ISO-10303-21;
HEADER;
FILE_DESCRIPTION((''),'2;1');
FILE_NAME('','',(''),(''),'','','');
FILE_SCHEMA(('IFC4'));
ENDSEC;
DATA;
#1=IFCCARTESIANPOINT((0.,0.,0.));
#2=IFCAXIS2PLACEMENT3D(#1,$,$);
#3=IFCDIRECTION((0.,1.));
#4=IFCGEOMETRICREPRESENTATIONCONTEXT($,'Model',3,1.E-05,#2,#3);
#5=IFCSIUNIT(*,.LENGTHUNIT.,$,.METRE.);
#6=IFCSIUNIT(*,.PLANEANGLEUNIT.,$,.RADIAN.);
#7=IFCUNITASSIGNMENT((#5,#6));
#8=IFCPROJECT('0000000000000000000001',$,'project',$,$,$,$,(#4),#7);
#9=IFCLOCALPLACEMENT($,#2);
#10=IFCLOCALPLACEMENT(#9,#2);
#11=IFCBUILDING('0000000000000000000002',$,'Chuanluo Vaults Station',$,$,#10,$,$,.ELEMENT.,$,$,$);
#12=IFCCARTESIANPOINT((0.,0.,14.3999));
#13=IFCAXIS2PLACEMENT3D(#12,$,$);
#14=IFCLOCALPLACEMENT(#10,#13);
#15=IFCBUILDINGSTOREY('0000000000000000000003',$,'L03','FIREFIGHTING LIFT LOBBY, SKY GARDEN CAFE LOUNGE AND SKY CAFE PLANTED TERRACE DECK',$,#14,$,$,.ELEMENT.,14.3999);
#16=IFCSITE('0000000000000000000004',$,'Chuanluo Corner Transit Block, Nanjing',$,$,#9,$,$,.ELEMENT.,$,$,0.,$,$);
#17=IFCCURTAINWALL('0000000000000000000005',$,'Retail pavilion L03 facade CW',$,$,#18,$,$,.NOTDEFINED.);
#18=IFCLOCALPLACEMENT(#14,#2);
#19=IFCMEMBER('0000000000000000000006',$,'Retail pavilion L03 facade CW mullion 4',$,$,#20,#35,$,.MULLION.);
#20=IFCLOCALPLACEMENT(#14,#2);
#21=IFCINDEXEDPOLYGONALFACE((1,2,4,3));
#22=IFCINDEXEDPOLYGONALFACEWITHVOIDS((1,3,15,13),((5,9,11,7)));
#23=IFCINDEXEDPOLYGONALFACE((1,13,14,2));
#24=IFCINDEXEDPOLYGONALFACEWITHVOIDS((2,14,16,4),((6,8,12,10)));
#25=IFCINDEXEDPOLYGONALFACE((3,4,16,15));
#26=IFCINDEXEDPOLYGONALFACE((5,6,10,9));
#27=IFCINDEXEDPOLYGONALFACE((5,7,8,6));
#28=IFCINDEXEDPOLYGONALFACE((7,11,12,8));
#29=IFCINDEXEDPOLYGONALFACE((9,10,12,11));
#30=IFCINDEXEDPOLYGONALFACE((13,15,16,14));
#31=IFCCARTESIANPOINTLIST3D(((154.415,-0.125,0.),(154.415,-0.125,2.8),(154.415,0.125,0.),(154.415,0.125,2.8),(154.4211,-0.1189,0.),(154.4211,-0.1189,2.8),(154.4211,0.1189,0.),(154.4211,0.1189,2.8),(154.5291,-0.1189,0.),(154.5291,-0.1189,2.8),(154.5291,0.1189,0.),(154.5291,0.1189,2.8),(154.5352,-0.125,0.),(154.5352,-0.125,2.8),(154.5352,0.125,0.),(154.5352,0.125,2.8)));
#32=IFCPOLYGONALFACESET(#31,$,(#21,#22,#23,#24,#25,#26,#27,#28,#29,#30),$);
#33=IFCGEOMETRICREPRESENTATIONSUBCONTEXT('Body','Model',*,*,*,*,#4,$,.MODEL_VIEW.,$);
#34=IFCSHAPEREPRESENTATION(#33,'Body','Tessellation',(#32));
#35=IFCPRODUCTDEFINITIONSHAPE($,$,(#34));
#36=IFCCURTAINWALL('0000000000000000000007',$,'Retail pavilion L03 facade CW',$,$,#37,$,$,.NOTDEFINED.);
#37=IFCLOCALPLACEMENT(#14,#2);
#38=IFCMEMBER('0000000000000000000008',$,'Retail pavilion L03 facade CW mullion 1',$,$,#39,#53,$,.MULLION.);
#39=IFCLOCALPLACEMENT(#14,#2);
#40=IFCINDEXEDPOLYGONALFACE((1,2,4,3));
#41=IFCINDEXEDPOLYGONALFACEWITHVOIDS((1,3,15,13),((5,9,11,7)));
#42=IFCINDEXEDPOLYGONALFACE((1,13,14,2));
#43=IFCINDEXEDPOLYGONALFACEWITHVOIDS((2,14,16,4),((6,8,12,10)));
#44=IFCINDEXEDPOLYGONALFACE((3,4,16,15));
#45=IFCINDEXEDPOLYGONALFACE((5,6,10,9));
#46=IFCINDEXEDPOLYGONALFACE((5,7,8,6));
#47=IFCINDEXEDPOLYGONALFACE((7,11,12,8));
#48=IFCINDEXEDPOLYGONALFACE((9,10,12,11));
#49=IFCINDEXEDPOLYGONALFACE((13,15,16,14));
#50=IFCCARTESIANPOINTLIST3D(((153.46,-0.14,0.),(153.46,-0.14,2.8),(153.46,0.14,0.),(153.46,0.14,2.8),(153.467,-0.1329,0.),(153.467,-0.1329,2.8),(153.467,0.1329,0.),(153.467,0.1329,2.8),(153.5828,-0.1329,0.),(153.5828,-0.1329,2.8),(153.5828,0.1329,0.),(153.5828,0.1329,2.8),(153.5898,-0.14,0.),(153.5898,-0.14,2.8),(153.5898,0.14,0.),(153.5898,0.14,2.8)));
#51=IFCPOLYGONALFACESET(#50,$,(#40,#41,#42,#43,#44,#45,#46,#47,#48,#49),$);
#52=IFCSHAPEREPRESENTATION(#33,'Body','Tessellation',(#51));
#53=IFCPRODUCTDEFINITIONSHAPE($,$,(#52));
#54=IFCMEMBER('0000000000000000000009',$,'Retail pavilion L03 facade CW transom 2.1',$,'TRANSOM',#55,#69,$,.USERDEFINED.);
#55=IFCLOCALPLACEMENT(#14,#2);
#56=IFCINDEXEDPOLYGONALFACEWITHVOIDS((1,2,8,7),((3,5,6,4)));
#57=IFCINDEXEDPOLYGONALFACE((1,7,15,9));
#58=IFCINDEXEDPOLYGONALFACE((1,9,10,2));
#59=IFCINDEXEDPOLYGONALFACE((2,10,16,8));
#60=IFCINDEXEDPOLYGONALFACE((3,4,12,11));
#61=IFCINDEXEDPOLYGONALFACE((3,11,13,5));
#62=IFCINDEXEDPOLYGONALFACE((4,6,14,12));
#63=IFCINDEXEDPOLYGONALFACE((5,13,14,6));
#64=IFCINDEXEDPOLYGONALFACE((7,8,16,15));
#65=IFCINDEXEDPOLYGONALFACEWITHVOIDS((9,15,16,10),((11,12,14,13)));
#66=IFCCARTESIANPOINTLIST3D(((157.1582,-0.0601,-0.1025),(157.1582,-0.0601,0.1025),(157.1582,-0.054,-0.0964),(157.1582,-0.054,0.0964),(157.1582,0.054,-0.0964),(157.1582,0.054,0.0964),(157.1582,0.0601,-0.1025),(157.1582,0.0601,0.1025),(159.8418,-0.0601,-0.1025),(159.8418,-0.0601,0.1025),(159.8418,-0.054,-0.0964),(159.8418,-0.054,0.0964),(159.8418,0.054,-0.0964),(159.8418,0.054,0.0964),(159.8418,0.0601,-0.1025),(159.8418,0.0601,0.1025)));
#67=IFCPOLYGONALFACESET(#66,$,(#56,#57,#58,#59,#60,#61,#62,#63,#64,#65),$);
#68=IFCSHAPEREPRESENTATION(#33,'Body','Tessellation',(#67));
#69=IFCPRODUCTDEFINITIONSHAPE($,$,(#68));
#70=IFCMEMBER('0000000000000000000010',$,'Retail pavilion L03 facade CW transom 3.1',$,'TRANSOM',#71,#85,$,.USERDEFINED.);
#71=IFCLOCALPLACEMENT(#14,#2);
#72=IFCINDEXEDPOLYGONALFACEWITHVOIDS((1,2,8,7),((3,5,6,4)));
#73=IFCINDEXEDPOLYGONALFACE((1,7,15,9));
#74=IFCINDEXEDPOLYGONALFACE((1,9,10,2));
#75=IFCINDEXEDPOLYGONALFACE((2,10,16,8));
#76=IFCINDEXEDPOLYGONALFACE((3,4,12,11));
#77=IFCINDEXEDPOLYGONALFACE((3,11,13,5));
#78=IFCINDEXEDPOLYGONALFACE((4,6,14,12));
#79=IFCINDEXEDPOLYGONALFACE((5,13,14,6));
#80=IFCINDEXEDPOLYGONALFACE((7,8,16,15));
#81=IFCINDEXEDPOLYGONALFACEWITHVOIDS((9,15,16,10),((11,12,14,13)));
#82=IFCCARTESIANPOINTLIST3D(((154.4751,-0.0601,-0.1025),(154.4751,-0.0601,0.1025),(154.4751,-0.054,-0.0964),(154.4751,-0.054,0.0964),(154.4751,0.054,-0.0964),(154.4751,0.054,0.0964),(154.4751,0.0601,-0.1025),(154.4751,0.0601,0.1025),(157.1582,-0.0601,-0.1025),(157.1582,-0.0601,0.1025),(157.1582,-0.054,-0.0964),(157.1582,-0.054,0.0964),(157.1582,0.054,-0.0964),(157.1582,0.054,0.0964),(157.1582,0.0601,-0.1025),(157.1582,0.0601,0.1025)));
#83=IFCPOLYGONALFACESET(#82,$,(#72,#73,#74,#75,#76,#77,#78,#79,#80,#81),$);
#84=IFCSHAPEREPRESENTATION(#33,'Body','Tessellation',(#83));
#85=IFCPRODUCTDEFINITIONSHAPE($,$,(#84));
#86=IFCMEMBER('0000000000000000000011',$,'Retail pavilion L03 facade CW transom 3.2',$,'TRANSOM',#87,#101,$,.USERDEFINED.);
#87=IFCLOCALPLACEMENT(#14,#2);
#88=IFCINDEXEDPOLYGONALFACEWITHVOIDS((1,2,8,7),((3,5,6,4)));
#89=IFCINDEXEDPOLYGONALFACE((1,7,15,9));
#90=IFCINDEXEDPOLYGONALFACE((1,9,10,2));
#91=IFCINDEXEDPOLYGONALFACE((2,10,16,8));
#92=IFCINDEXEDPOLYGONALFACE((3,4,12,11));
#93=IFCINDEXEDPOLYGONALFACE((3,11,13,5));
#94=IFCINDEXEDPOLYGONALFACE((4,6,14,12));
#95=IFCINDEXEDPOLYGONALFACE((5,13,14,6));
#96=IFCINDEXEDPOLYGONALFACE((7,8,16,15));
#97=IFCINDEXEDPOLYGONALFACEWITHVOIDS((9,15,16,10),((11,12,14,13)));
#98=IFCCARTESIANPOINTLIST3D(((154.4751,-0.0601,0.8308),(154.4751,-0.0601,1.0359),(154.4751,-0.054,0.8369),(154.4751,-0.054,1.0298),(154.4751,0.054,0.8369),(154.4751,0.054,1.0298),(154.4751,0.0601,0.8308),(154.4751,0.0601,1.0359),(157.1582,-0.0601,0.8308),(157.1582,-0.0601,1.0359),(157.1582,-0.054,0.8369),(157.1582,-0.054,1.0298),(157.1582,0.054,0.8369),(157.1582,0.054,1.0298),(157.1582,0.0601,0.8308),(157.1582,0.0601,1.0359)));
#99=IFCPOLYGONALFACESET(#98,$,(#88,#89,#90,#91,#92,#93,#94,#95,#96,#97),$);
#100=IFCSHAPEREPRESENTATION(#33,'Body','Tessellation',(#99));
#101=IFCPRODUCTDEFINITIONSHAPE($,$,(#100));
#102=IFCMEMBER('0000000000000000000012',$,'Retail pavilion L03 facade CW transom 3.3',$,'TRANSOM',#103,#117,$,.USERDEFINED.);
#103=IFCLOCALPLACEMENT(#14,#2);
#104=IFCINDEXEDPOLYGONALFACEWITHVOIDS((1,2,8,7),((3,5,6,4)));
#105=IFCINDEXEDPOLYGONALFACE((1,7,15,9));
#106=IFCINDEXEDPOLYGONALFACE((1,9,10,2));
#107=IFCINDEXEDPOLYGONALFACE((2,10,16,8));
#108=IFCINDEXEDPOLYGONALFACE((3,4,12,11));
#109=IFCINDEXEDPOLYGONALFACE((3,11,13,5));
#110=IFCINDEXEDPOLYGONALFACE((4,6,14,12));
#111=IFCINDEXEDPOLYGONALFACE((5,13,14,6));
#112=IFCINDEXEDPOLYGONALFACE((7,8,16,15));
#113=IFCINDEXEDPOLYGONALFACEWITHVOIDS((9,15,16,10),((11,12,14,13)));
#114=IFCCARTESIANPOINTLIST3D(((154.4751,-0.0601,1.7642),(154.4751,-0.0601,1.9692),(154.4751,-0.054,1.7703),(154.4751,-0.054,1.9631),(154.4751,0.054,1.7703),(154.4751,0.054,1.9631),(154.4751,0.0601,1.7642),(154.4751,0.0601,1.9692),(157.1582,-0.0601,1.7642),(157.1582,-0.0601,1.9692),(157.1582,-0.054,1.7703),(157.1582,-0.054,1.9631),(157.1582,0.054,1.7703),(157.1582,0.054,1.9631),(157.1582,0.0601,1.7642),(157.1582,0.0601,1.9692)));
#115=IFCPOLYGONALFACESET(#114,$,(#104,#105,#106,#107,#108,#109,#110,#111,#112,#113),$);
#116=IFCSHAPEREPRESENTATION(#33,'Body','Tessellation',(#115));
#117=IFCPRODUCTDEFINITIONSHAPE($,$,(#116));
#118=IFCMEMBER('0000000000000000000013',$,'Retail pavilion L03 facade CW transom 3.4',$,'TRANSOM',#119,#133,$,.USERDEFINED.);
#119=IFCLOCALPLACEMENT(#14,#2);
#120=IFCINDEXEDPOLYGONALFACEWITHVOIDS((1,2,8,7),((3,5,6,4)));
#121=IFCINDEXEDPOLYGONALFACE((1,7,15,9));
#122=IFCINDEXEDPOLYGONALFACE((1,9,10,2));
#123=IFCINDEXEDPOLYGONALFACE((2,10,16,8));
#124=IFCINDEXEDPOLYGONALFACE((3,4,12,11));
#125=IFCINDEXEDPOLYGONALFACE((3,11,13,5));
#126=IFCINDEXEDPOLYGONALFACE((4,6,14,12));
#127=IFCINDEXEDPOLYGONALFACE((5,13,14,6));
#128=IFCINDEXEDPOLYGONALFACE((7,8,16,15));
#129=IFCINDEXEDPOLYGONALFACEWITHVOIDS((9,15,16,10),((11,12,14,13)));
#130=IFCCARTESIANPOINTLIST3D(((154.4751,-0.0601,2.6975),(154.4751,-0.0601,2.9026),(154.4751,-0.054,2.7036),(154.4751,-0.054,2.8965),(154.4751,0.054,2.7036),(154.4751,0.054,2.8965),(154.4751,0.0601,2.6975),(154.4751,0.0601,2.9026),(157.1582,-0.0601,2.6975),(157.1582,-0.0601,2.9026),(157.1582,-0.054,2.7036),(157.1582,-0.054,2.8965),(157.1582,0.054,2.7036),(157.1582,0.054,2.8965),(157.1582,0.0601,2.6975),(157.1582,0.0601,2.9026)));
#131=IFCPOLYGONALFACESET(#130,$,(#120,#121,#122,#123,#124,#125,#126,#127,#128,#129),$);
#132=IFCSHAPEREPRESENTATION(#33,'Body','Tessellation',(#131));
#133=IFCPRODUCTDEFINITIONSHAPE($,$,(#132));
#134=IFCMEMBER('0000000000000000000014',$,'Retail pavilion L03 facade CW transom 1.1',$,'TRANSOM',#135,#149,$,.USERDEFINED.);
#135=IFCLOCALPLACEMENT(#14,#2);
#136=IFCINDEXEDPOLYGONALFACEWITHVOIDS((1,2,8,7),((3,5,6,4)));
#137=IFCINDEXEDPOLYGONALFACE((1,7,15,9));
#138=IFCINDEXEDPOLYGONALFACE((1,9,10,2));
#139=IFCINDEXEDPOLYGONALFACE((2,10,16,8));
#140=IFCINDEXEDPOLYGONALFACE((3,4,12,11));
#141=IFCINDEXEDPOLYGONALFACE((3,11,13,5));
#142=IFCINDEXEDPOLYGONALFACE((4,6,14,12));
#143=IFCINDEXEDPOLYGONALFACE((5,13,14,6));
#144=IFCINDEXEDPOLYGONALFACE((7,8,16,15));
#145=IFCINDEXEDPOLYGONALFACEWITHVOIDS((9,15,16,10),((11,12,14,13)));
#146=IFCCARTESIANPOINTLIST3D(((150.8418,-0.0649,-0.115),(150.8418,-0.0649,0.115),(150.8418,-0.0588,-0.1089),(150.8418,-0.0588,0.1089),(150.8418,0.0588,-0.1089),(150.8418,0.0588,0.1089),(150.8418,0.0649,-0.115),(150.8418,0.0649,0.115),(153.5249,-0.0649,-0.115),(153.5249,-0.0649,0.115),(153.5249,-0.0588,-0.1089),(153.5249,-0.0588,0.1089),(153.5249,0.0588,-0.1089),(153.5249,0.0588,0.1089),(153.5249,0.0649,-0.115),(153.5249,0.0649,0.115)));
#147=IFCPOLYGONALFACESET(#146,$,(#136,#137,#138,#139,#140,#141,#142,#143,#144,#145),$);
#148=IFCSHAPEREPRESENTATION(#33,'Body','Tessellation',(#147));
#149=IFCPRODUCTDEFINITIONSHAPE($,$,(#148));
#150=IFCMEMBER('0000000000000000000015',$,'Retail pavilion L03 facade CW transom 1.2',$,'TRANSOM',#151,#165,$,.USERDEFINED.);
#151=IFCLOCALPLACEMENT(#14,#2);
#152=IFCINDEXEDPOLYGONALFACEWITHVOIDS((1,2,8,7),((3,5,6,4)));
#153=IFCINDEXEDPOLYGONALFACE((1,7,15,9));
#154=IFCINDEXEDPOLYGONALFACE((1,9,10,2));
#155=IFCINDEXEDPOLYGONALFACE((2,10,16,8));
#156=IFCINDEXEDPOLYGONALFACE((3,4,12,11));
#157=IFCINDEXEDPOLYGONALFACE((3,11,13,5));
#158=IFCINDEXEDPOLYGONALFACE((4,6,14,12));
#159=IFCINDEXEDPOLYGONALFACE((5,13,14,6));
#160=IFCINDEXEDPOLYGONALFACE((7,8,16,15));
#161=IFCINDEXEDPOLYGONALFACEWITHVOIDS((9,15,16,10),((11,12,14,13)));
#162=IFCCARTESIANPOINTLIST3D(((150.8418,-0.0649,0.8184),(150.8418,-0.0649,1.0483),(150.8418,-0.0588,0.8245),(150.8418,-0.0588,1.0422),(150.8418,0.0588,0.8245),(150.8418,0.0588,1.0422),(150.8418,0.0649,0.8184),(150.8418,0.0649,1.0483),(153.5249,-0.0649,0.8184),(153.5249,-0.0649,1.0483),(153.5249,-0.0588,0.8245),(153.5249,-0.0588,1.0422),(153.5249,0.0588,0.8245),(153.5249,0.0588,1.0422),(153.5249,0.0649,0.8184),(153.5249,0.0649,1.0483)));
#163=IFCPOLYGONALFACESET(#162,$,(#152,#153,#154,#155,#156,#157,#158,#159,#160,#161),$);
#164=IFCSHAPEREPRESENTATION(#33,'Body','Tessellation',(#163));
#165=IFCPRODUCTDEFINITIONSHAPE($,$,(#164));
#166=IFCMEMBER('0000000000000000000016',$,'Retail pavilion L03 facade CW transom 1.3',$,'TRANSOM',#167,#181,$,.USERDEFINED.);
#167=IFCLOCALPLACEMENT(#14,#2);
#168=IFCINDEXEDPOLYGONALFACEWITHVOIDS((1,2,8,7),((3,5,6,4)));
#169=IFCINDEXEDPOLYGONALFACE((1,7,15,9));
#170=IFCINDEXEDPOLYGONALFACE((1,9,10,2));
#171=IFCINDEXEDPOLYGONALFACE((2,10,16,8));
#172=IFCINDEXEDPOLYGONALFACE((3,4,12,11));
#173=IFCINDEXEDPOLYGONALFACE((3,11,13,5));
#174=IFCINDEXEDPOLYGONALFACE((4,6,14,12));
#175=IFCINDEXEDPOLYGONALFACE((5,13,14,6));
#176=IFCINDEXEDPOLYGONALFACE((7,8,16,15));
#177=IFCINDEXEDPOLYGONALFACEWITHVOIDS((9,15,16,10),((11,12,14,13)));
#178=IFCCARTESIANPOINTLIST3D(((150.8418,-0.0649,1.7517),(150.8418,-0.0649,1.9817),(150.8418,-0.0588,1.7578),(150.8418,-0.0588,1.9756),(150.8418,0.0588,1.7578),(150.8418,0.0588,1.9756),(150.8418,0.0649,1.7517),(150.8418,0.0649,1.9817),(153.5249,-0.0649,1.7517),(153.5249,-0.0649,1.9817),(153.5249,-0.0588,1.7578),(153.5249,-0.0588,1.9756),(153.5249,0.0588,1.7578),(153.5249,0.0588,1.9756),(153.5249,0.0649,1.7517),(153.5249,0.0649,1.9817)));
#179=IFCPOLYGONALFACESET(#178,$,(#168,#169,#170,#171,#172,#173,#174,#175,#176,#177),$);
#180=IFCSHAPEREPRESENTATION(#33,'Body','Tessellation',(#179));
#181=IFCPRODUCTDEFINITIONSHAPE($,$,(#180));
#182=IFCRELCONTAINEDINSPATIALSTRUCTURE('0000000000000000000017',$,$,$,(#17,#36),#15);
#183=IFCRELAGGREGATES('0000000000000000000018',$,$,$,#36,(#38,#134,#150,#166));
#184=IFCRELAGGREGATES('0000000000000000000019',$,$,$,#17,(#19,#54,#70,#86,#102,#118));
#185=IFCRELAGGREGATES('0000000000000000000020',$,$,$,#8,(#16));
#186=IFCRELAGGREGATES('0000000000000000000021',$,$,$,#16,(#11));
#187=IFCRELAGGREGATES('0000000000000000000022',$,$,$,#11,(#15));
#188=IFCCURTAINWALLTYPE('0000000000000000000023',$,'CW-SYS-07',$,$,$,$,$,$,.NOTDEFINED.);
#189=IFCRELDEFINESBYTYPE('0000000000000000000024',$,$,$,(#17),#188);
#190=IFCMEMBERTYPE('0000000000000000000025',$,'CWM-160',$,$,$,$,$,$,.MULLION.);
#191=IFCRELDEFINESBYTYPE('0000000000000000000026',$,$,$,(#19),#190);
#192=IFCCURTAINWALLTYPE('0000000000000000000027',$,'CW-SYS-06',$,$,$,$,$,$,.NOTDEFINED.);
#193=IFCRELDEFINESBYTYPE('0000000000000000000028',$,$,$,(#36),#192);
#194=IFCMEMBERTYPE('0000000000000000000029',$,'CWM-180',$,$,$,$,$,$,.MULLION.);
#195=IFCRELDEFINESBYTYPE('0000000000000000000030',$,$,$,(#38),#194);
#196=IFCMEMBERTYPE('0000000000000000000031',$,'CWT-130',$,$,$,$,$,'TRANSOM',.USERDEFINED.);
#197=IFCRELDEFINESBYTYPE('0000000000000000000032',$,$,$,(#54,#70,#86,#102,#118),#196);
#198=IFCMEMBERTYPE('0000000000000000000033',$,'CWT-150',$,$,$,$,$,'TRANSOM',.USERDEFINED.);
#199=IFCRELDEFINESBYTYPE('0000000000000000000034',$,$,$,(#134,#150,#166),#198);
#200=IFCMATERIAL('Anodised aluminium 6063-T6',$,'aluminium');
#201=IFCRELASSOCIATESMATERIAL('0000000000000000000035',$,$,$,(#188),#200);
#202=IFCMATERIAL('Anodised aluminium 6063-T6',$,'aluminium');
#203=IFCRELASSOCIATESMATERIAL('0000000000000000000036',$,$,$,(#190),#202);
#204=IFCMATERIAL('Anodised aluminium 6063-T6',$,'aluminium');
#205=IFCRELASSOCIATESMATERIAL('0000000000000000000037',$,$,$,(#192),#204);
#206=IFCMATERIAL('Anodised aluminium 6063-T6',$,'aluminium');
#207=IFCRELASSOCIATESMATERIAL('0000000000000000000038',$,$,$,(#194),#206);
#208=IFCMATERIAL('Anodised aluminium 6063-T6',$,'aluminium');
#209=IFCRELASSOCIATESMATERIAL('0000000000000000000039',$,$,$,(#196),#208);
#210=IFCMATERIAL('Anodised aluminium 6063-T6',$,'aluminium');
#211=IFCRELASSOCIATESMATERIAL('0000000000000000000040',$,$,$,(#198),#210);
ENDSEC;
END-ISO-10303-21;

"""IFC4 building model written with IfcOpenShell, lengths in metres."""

from ifc_helpers import new_model, si_unit, direction, frame, origin, origin_2d, place, context, subcontext, project, spatial, hollow_rectangle, extrude, material, material_profile, profile_set, type_object, element, aggregate, save


model = new_model("IFC4")

# Units and contexts
model_context = context("Model", 3, precision=1e-05, world=origin(), true_north=direction((0.0, 1.0)))
body_context = subcontext(model_context, "Body", "Model", "MODEL_VIEW")
ifc_project = project(units=[si_unit("LENGTHUNIT", "METRE"), si_unit("PLANEANGLEUNIT", "RADIAN")], contexts=[model_context])

# Site, building, storey
site_placement = place(None, origin())
site = spatial("IfcSite", under=ifc_project, at=site_placement, Name="Chuanluo Corner Transit Block, Nanjing", CompositionType="ELEMENT", RefElevation=0.0)
building_placement = place(site_placement, origin())
building = spatial("IfcBuilding", under=site, at=building_placement, Name="Chuanluo Vaults Station", CompositionType="ELEMENT")
storey_placement = place(building_placement, frame((0.0, 0.0, 14.3999)))
storey = spatial("IfcBuildingStorey", under=building, at=storey_placement, Name="L03", Description="FIREFIGHTING LIFT LOBBY, SKY GARDEN CAFE LOUNGE AND SKY CAFE PLANTED TERRACE DECK", CompositionType="ELEMENT", Elevation=14.3999)

# Curtain wall, member
ifc_material_1 = material(Name="Anodised aluminium 6063-T6", Category="aluminium")
curtain_wall_type_1 = type_object("IfcCurtainWallType", Name="CW-SYS-07", PredefinedType="NOTDEFINED", material=ifc_material_1)
curtain_wall_1_placement = place(storey_placement, origin())
curtain_wall_1 = element("IfcCurtainWall", 1, at=curtain_wall_1_placement, inside=storey, type_object=curtain_wall_type_1, Name="Retail pavilion L03 facade CW", PredefinedType="NOTDEFINED")
ifc_material_2 = material(Name="Anodised aluminium 6063-T6", Category="aluminium")
ifc_material_profile_1 = material_profile(ifc_material_2, hollow_rectangle(XDim=0.1201, YDim=0.25, WallThickness=0.0061, at=origin_2d()))
ifc_profile_set_1 = profile_set([ifc_material_profile_1], Name="Anodised aluminium 6063-T6")
member_type_1 = type_object("IfcMemberType", Name="CWM-160", PredefinedType="MULLION", material=ifc_profile_set_1)
member_1_placement = place(storey_placement, frame((154.4751, 0.0, 0.0), z_axis=(0.0, 0.0, 1.0), x_axis=(-1.0, 0.0, 0.0)))
member_1 = element("IfcMember", 2, at=member_1_placement, type_object=member_type_1, Name="Retail pavilion L03 facade CW mullion 4", PredefinedType="MULLION", context=body_context, shape_type="SweptSolid", body=[
    extrude(hollow_rectangle(XDim=0.1201, YDim=0.25, WallThickness=0.0061, at=origin_2d()), origin(), (0.0, 0.0, 1.0), 2.8),
])

# Curtain wall, member
ifc_material_3 = material(Name="Anodised aluminium 6063-T6", Category="aluminium")
curtain_wall_type_2 = type_object("IfcCurtainWallType", Name="CW-SYS-06", PredefinedType="NOTDEFINED", material=ifc_material_3)
curtain_wall_2_placement = place(storey_placement, origin())
curtain_wall_2 = element("IfcCurtainWall", 3, at=curtain_wall_2_placement, inside=storey, type_object=curtain_wall_type_2, Name="Retail pavilion L03 facade CW", PredefinedType="NOTDEFINED")
ifc_material_4 = material(Name="Anodised aluminium 6063-T6", Category="aluminium")
ifc_material_profile_2 = material_profile(ifc_material_4, hollow_rectangle(XDim=0.1299, YDim=0.28, WallThickness=0.0071, at=origin_2d()))
ifc_profile_set_2 = profile_set([ifc_material_profile_2], Name="Anodised aluminium 6063-T6")
member_type_2 = type_object("IfcMemberType", Name="CWM-180", PredefinedType="MULLION", material=ifc_profile_set_2)
member_2_placement = place(storey_placement, frame((153.5249, 0.0, 0.0), z_axis=(0.0, 0.0, 1.0), x_axis=(-1.0, 0.0, 0.0)))
member_2 = element("IfcMember", 4, at=member_2_placement, type_object=member_type_2, Name="Retail pavilion L03 facade CW mullion 1", PredefinedType="MULLION", context=body_context, shape_type="SweptSolid", body=[
    extrude(hollow_rectangle(XDim=0.1299, YDim=0.28, WallThickness=0.0071, at=origin_2d()), origin(), (0.0, 0.0, 1.0), 2.8),
])

# Members
ifc_material_5 = material(Name="Anodised aluminium 6063-T6", Category="aluminium")
ifc_material_profile_3 = material_profile(ifc_material_5, hollow_rectangle(XDim=0.1201, YDim=0.2051, WallThickness=0.0061, at=origin_2d()))
ifc_profile_set_3 = profile_set([ifc_material_profile_3], Name="Anodised aluminium 6063-T6")
member_type_3 = type_object("IfcMemberType", Name="CWT-130", ElementType="TRANSOM", PredefinedType="USERDEFINED", material=ifc_profile_set_3)
member_3_placement = place(storey_placement, frame((159.8418, 0.0, 0.0), z_axis=(-1.0, 0.0, 0.0), x_axis=(0.0, -1.0, 0.0)))
member_3 = element("IfcMember", 5, at=member_3_placement, type_object=member_type_3, Name="Retail pavilion L03 facade CW transom 2.1", ObjectType="TRANSOM", PredefinedType="USERDEFINED", context=body_context, shape_type="SweptSolid", body=[
    extrude(hollow_rectangle(XDim=0.1201, YDim=0.2051, WallThickness=0.0061, at=origin_2d()), origin(), (0.0, 0.0, 1.0), 2.6836),
])
member_4_placement = place(storey_placement, frame((157.1582, 0.0, 0.0), z_axis=(-1.0, 0.0, 0.0), x_axis=(0.0, -1.0, 0.0)))
member_4 = element("IfcMember", 6, at=member_4_placement, type_object=member_type_3, Name="Retail pavilion L03 facade CW transom 3.1", ObjectType="TRANSOM", PredefinedType="USERDEFINED", context=body_context, shape_type="SweptSolid", body=[
    extrude(hollow_rectangle(XDim=0.1201, YDim=0.2051, WallThickness=0.0061, at=origin_2d()), origin(), (0.0, 0.0, 1.0), 2.6831),
])
member_5_placement = place(storey_placement, frame((157.1582, 0.0, 0.9333), z_axis=(-1.0, 0.0, 0.0), x_axis=(0.0, -1.0, 0.0)))
member_5 = element("IfcMember", 7, at=member_5_placement, type_object=member_type_3, Name="Retail pavilion L03 facade CW transom 3.2", ObjectType="TRANSOM", PredefinedType="USERDEFINED", context=body_context, shape_type="SweptSolid", body=[
    extrude(hollow_rectangle(XDim=0.1201, YDim=0.2051, WallThickness=0.0061, at=origin_2d()), origin(), (0.0, 0.0, 1.0), 2.6831),
])
member_6_placement = place(storey_placement, frame((157.1582, 0.0, 1.8667), z_axis=(-1.0, 0.0, 0.0), x_axis=(0.0, -1.0, 0.0)))
member_6 = element("IfcMember", 8, at=member_6_placement, type_object=member_type_3, Name="Retail pavilion L03 facade CW transom 3.3", ObjectType="TRANSOM", PredefinedType="USERDEFINED", context=body_context, shape_type="SweptSolid", body=[
    extrude(hollow_rectangle(XDim=0.1201, YDim=0.2051, WallThickness=0.0061, at=origin_2d()), origin(), (0.0, 0.0, 1.0), 2.6831),
])
member_7_placement = place(storey_placement, frame((157.1582, 0.0, 2.8), z_axis=(-1.0, 0.0, 0.0), x_axis=(0.0, -1.0, 0.0)))
member_7 = element("IfcMember", 9, at=member_7_placement, type_object=member_type_3, Name="Retail pavilion L03 facade CW transom 3.4", ObjectType="TRANSOM", PredefinedType="USERDEFINED", context=body_context, shape_type="SweptSolid", body=[
    extrude(hollow_rectangle(XDim=0.1201, YDim=0.2051, WallThickness=0.0061, at=origin_2d()), origin(), (0.0, 0.0, 1.0), 2.6831),
])
ifc_material_6 = material(Name="Anodised aluminium 6063-T6", Category="aluminium")
ifc_material_profile_4 = material_profile(ifc_material_6, hollow_rectangle(XDim=0.1299, YDim=0.23, WallThickness=0.0061, at=origin_2d()))
ifc_profile_set_4 = profile_set([ifc_material_profile_4], Name="Anodised aluminium 6063-T6")
member_type_4 = type_object("IfcMemberType", Name="CWT-150", ElementType="TRANSOM", PredefinedType="USERDEFINED", material=ifc_profile_set_4)
member_8_placement = place(storey_placement, frame((153.5249, 0.0, 0.0), z_axis=(-1.0, 0.0, 0.0), x_axis=(0.0, -1.0, 0.0)))
member_8 = element("IfcMember", 10, at=member_8_placement, type_object=member_type_4, Name="Retail pavilion L03 facade CW transom 1.1", ObjectType="TRANSOM", PredefinedType="USERDEFINED", context=body_context, shape_type="SweptSolid", body=[
    extrude(hollow_rectangle(XDim=0.1299, YDim=0.23, WallThickness=0.0061, at=origin_2d()), origin(), (0.0, 0.0, 1.0), 2.6831),
])
member_9_placement = place(storey_placement, frame((153.5249, 0.0, 0.9333), z_axis=(-1.0, 0.0, 0.0), x_axis=(0.0, -1.0, 0.0)))
member_9 = element("IfcMember", 11, at=member_9_placement, type_object=member_type_4, Name="Retail pavilion L03 facade CW transom 1.2", ObjectType="TRANSOM", PredefinedType="USERDEFINED", context=body_context, shape_type="SweptSolid", body=[
    extrude(hollow_rectangle(XDim=0.1299, YDim=0.23, WallThickness=0.0061, at=origin_2d()), origin(), (0.0, 0.0, 1.0), 2.6831),
])
member_10_placement = place(storey_placement, frame((153.5249, 0.0, 1.8667), z_axis=(-1.0, 0.0, 0.0), x_axis=(0.0, -1.0, 0.0)))
member_10 = element("IfcMember", 12, at=member_10_placement, type_object=member_type_4, Name="Retail pavilion L03 facade CW transom 1.3", ObjectType="TRANSOM", PredefinedType="USERDEFINED", context=body_context, shape_type="SweptSolid", body=[
    extrude(hollow_rectangle(XDim=0.1299, YDim=0.23, WallThickness=0.0061, at=origin_2d()), origin(), (0.0, 0.0, 1.0), 2.6831),
])
aggregate(curtain_wall_2, [member_2, member_8, member_9, member_10])

aggregate(curtain_wall_1, [member_1, member_3, member_4, member_5, member_6, member_7])

save(model, "model.ifc")
